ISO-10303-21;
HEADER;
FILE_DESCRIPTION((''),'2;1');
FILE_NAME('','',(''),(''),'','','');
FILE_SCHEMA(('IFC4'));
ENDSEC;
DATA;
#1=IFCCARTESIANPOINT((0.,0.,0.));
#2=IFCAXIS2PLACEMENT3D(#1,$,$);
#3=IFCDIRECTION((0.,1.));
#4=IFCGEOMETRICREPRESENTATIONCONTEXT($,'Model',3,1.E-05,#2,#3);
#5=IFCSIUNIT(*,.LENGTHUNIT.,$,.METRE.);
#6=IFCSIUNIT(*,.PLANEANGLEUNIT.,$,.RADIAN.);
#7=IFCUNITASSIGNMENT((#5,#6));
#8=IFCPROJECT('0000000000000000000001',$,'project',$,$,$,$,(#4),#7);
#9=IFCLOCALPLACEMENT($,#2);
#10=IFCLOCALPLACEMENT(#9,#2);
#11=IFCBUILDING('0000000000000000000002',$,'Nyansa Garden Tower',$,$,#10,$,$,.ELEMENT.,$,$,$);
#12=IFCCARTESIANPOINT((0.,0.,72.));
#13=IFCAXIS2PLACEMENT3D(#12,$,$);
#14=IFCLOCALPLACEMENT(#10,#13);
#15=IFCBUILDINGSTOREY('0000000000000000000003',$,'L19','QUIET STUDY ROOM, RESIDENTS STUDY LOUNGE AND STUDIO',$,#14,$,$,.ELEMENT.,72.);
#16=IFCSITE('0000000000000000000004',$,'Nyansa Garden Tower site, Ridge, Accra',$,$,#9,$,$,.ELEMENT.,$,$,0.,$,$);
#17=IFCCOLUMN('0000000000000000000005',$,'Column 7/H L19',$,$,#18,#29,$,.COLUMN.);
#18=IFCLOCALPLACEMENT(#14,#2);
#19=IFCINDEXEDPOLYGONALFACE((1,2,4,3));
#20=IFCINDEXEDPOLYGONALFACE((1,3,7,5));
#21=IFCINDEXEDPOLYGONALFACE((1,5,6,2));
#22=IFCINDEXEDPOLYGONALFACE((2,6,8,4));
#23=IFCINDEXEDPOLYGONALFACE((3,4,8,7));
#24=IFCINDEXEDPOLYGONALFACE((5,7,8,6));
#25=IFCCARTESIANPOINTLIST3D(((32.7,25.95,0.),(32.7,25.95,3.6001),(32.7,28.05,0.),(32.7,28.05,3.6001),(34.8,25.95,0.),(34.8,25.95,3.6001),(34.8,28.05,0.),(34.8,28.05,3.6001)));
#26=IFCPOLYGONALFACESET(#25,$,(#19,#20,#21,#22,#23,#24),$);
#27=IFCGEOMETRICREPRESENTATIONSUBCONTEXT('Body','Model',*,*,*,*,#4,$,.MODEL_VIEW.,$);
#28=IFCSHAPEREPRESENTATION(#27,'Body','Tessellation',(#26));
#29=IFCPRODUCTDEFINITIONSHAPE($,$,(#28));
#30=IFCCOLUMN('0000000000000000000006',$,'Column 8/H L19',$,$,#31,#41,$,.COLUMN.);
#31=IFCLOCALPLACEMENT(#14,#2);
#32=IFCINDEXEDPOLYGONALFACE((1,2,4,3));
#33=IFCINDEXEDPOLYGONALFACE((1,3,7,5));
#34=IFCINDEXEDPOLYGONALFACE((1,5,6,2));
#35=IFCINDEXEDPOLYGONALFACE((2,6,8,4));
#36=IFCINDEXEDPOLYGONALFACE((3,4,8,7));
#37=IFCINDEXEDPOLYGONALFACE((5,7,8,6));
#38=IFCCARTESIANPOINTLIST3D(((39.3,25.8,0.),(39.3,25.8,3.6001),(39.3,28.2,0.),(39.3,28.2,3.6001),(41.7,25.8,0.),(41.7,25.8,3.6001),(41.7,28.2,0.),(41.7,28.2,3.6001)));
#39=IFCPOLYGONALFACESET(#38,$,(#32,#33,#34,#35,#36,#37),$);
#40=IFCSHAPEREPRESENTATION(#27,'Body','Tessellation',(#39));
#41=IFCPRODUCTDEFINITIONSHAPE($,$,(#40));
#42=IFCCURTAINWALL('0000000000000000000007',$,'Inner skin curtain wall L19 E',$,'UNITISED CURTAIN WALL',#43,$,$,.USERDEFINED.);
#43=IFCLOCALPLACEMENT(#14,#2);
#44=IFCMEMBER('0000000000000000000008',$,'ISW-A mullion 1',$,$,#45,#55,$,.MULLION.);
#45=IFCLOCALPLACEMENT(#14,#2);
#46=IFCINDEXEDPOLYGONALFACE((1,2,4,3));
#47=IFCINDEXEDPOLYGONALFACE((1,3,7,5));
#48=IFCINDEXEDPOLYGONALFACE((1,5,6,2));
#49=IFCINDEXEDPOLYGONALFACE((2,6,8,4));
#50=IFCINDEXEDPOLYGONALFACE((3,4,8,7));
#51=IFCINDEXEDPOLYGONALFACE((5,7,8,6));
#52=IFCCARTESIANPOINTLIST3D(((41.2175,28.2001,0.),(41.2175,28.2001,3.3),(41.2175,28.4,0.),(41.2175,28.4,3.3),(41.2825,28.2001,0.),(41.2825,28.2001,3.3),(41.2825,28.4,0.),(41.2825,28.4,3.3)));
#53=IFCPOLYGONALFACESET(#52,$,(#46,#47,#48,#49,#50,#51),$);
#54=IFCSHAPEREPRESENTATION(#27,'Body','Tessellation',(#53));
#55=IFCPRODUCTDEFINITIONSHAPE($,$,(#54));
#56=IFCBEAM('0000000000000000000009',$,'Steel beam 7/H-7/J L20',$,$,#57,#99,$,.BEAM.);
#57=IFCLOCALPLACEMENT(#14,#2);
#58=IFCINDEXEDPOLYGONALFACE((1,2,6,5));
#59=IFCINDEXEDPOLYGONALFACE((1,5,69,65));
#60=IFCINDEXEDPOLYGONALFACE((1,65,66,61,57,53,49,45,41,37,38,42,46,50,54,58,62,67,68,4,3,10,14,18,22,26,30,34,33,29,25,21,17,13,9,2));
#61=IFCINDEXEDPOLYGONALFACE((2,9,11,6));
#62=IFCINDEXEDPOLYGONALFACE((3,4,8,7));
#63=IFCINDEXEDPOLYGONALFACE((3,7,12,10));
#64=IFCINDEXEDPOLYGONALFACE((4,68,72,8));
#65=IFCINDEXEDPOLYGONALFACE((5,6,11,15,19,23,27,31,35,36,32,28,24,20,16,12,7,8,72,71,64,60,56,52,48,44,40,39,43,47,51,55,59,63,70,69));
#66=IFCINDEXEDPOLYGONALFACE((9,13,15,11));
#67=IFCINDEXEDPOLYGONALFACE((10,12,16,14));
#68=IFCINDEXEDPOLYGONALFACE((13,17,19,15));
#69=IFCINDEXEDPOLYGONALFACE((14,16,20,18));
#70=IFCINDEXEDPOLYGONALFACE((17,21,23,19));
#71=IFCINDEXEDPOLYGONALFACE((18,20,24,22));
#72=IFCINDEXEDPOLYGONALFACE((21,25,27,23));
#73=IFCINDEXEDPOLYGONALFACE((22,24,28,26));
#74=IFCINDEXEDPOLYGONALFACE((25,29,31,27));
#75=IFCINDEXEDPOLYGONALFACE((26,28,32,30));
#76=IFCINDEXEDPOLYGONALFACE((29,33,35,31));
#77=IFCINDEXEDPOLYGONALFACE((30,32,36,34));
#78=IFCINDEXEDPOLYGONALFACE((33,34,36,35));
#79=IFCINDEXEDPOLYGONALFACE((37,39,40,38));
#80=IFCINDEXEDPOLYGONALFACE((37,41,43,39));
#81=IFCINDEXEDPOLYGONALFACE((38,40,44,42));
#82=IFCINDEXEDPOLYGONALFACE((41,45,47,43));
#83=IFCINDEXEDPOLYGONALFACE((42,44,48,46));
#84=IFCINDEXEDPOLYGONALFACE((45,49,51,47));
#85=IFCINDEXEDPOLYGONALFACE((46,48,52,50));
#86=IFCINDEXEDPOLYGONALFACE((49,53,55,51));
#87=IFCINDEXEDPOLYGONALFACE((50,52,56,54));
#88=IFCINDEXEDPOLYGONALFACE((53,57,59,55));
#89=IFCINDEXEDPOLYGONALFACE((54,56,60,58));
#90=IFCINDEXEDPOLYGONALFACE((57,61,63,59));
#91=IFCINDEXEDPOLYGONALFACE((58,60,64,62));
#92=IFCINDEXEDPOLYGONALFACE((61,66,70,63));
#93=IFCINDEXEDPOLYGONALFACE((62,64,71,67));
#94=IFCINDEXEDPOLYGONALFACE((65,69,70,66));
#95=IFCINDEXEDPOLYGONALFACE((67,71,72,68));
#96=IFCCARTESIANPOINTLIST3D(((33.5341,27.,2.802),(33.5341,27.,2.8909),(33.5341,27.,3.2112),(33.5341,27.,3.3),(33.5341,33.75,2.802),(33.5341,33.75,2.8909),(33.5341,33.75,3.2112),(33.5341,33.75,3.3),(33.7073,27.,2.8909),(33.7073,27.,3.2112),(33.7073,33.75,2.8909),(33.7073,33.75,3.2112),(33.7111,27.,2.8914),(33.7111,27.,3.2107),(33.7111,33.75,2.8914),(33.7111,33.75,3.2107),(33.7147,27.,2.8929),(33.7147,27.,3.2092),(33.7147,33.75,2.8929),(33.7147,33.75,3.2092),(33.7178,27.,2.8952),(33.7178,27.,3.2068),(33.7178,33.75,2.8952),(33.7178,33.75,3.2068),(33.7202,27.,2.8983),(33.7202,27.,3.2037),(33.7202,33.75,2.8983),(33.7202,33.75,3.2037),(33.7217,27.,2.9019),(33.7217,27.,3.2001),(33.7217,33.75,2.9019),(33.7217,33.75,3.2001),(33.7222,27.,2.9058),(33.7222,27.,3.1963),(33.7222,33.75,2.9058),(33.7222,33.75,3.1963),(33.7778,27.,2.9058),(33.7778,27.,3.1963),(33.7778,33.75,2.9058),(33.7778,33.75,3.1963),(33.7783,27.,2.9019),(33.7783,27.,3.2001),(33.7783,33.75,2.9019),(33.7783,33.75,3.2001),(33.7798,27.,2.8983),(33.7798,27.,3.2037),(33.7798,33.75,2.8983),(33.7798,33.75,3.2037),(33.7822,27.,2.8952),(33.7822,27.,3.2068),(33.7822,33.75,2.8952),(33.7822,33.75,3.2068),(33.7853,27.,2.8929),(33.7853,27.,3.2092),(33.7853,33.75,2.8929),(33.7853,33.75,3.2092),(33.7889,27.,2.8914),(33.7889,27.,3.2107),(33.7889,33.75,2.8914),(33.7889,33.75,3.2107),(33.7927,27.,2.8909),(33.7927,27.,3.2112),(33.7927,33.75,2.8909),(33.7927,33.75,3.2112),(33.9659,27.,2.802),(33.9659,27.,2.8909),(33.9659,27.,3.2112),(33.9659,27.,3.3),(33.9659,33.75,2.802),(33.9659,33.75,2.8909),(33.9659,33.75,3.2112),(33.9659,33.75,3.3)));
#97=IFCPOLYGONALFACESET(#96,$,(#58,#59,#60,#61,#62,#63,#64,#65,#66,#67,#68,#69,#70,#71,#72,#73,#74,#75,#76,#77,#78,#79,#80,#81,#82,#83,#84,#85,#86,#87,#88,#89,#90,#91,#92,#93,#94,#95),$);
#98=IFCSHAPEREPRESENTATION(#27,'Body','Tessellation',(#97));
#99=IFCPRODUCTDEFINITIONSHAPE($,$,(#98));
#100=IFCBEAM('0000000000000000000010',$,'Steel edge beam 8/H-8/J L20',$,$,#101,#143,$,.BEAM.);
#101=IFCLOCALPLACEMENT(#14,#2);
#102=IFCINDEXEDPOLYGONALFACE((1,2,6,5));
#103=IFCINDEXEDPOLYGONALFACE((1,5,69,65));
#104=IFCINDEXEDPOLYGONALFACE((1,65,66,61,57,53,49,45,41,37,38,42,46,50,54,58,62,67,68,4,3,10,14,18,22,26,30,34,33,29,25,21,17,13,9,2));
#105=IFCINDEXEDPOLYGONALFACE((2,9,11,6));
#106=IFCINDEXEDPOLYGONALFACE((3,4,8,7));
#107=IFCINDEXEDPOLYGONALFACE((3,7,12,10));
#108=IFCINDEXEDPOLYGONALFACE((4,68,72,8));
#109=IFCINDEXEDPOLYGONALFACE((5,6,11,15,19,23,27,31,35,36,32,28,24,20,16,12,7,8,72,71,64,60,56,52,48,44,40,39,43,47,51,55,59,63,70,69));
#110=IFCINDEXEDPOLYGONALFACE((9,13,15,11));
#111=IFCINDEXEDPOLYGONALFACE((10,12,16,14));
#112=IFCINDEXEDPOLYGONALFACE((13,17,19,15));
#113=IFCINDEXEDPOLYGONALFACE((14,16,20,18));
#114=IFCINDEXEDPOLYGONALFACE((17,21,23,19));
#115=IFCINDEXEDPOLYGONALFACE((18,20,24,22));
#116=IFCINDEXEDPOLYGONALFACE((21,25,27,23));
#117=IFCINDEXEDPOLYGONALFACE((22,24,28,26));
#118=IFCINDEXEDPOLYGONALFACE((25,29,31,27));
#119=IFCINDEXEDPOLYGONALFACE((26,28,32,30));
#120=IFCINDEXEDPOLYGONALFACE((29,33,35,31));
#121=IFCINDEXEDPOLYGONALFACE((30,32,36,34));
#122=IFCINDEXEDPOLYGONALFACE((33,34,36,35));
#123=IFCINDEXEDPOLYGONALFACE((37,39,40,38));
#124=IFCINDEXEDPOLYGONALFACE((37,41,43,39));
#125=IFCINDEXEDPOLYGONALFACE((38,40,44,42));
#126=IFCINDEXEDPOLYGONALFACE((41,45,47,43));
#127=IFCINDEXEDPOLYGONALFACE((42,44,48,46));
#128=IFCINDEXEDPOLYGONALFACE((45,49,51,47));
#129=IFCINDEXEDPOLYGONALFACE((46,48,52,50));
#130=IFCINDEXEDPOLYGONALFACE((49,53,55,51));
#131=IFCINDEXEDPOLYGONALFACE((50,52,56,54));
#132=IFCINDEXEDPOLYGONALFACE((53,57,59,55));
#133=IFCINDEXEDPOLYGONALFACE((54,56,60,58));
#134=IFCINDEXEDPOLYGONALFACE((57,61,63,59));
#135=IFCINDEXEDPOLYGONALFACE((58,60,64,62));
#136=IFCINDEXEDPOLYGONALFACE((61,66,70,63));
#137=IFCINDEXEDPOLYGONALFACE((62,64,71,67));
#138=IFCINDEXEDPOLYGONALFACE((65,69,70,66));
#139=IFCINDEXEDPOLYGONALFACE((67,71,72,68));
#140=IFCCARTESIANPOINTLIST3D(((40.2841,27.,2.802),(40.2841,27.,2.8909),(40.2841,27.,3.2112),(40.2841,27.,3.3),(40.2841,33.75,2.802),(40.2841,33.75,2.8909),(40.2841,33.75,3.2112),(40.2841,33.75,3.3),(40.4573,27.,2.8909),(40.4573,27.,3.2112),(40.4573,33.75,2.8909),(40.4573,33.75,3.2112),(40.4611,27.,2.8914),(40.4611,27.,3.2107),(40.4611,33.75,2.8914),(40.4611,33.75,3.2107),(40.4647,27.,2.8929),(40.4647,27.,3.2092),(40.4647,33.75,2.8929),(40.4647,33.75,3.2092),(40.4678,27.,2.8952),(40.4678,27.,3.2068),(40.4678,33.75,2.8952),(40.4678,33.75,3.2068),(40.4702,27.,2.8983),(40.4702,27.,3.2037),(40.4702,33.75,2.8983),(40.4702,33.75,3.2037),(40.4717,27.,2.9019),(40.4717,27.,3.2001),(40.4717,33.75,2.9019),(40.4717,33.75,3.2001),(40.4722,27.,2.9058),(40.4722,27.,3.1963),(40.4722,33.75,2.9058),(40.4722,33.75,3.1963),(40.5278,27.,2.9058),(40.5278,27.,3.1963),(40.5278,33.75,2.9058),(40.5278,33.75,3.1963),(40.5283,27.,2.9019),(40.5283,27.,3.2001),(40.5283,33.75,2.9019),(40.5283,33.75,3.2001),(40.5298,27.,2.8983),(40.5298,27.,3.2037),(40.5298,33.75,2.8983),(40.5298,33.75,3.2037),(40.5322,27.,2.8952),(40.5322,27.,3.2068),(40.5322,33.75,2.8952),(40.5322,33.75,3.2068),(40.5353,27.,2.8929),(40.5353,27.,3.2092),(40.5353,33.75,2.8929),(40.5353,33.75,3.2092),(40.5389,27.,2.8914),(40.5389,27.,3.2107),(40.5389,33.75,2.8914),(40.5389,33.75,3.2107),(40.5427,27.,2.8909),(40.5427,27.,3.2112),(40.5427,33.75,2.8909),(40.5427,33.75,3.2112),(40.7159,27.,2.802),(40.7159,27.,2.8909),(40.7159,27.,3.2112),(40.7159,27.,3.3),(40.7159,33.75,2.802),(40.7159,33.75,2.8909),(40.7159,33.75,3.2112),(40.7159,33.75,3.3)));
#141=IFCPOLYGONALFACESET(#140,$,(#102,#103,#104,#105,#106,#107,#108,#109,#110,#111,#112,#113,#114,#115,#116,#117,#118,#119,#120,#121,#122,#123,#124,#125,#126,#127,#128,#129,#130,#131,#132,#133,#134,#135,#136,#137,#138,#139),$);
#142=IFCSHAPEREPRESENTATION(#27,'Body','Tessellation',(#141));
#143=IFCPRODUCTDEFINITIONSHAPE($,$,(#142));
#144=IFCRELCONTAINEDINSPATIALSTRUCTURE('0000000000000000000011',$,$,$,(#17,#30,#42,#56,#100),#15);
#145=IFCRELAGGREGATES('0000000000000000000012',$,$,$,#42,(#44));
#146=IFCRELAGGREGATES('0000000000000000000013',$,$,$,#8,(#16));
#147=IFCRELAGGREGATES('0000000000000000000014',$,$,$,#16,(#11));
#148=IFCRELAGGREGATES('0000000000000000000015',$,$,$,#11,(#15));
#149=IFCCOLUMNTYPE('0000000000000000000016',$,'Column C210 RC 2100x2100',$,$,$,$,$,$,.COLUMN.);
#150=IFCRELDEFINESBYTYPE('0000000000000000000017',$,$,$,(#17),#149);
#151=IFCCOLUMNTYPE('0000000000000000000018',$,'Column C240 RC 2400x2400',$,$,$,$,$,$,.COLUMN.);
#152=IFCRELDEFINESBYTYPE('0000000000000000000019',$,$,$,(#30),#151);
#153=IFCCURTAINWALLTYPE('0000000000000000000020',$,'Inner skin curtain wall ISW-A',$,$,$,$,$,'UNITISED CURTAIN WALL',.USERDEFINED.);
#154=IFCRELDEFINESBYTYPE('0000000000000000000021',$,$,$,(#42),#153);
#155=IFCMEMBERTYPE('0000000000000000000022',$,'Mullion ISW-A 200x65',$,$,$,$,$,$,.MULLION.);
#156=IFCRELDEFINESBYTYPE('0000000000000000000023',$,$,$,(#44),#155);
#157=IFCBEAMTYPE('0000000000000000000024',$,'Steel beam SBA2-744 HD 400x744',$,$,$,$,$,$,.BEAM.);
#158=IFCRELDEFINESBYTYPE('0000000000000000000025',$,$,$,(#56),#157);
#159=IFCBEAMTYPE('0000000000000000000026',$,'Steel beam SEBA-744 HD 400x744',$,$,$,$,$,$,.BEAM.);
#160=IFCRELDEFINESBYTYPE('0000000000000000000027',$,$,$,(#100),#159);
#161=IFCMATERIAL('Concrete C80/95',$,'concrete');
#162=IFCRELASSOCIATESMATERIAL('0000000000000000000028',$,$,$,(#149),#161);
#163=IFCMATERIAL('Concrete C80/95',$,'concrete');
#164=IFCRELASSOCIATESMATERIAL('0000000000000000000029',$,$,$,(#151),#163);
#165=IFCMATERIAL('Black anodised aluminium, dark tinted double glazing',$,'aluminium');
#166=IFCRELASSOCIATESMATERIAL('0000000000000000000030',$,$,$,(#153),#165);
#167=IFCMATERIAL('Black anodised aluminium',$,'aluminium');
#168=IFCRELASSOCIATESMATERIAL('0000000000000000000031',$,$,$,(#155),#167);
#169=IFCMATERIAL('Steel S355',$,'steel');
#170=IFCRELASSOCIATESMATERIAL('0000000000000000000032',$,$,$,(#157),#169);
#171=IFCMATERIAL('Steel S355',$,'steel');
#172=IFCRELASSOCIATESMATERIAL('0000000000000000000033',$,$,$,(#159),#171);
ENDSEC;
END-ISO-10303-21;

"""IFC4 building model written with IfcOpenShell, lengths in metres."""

from ifc_helpers import new_model, si_unit, direction, frame, origin, origin_2d, place, context, subcontext, project, spatial, rectangle, i_section, extrude, material, material_profile, profile_set, type_object, element, aggregate, save


model = new_model("IFC4")

# Units and contexts
model_context = context("Model", 3, precision=1e-05, world=origin(), true_north=direction((0.0, 1.0)))
body_context = subcontext(model_context, "Body", "Model", "MODEL_VIEW")
ifc_project = project(units=[si_unit("LENGTHUNIT", "METRE"), si_unit("PLANEANGLEUNIT", "RADIAN")], contexts=[model_context])

# Site, building, storey
site_placement = place(None, origin())
site = spatial("IfcSite", under=ifc_project, at=site_placement, Name="Nyansa Garden Tower site, Ridge, Accra", CompositionType="ELEMENT", RefElevation=0.0)
building_placement = place(site_placement, origin())
building = spatial("IfcBuilding", under=site, at=building_placement, Name="Nyansa Garden Tower", CompositionType="ELEMENT")
storey_placement = place(building_placement, frame((0.0, 0.0, 72.0)))
storey = spatial("IfcBuildingStorey", under=building, at=storey_placement, Name="L19", Description="QUIET STUDY ROOM, RESIDENTS STUDY LOUNGE AND STUDIO", CompositionType="ELEMENT", Elevation=72.0)

# Columns
ifc_material_1 = material(Name="Concrete C80/95", Category="concrete")
ifc_material_profile_1 = material_profile(ifc_material_1, rectangle(XDim=2.1001, YDim=2.1001, at=origin_2d()), Name="RC 2100x2100")
ifc_profile_set_1 = profile_set([ifc_material_profile_1], Name="Concrete C80/95")
column_type_1 = type_object("IfcColumnType", Name="Column C210 RC 2100x2100", PredefinedType="COLUMN", material=ifc_profile_set_1)
column_1_placement = place(storey_placement, frame((33.75, 27.0, 0.0), z_axis=(0.0, 0.0, 1.0), x_axis=(1.0, 0.0, 0.0)))
element("IfcColumn", 1, at=column_1_placement, inside=storey, type_object=column_type_1, Name="Column 7/H L19", PredefinedType="COLUMN", context=body_context, shape_type="SweptSolid", body=[
    extrude(rectangle(XDim=2.1001, YDim=2.1001, at=origin_2d()), origin(), (0.0, 0.0, 1.0), 3.6001),
])
ifc_material_2 = material(Name="Concrete C80/95", Category="concrete")
ifc_material_profile_2 = material_profile(ifc_material_2, rectangle(XDim=2.3999, YDim=2.3999, at=origin_2d()), Name="RC 2400x2400")
ifc_profile_set_2 = profile_set([ifc_material_profile_2], Name="Concrete C80/95")
column_type_2 = type_object("IfcColumnType", Name="Column C240 RC 2400x2400", PredefinedType="COLUMN", material=ifc_profile_set_2)
column_2_placement = place(storey_placement, frame((40.5, 27.0, 0.0), z_axis=(0.0, 0.0, 1.0), x_axis=(1.0, 0.0, 0.0)))
element("IfcColumn", 2, at=column_2_placement, inside=storey, type_object=column_type_2, Name="Column 8/H L19", PredefinedType="COLUMN", context=body_context, shape_type="SweptSolid", body=[
    extrude(rectangle(XDim=2.3999, YDim=2.3999, at=origin_2d()), origin(), (0.0, 0.0, 1.0), 3.6001),
])

# Curtain wall, member
ifc_material_3 = material(Name="Black anodised aluminium, dark tinted double glazing", Category="aluminium")
curtain_wall_type = type_object("IfcCurtainWallType", Name="Inner skin curtain wall ISW-A", ElementType="UNITISED CURTAIN WALL", PredefinedType="USERDEFINED", material=ifc_material_3)
curtain_wall_placement = place(storey_placement, origin())
curtain_wall = element("IfcCurtainWall", 3, at=curtain_wall_placement, inside=storey, type_object=curtain_wall_type, Name="Inner skin curtain wall L19 E", ObjectType="UNITISED CURTAIN WALL", PredefinedType="USERDEFINED")
ifc_material_4 = material(Name="Black anodised aluminium", Category="aluminium")
ifc_material_profile_3 = material_profile(ifc_material_4, rectangle(XDim=0.0649, YDim=0.2, at=origin_2d()), Name="Mullion 200x65")
ifc_profile_set_3 = profile_set([ifc_material_profile_3], Name="Black anodised aluminium")
member_type_1 = type_object("IfcMemberType", Name="Mullion ISW-A 200x65", PredefinedType="MULLION", material=ifc_profile_set_3)
member_1_placement = place(storey_placement, frame((41.25, 28.3, 0.0), z_axis=(0.0, 0.0, 1.0), x_axis=(-1.0, 0.0, 0.0)))
member_1 = element("IfcMember", 4, at=member_1_placement, type_object=member_type_1, Name="ISW-A mullion 1", PredefinedType="MULLION", context=body_context, shape_type="SweptSolid", body=[
    extrude(rectangle(XDim=0.0649, YDim=0.2, at=origin_2d()), origin(), (0.0, 0.0, 1.0), 3.3),
])

# Beams
ifc_material_5 = material(Name="Steel S355", Category="steel")
ifc_material_profile_4 = material_profile(ifc_material_5, i_section(OverallWidth=0.4319, OverallDepth=0.498, WebThickness=0.0557, FlangeThickness=0.0889, FilletRadius=0.0149, at=origin_2d()), Name="HD 400x744")
ifc_profile_set_4 = profile_set([ifc_material_profile_4], Name="Steel S355")
beam_type_1 = type_object("IfcBeamType", Name="Steel beam SBA2-744 HD 400x744", PredefinedType="BEAM", material=ifc_profile_set_4)
beam_1_placement = place(storey_placement, frame((33.75, 27.0, 3.051), z_axis=(0.0, 1.0, 0.0), x_axis=(-1.0, 0.0, 0.0)))
element("IfcBeam", 5, at=beam_1_placement, inside=storey, type_object=beam_type_1, Name="Steel beam 7/H-7/J L20", PredefinedType="BEAM", context=body_context, shape_type="SweptSolid", body=[
    extrude(i_section(OverallWidth=0.4319, OverallDepth=0.498, WebThickness=0.0557, FlangeThickness=0.0889, FilletRadius=0.0149, at=origin_2d()), origin(), (0.0, 0.0, 1.0), 6.75),
])
ifc_material_6 = material(Name="Steel S355", Category="steel")
ifc_material_profile_5 = material_profile(ifc_material_6, i_section(OverallWidth=0.4319, OverallDepth=0.498, WebThickness=0.0557, FlangeThickness=0.0889, FilletRadius=0.0149, at=origin_2d()), Name="HD 400x744")
ifc_profile_set_5 = profile_set([ifc_material_profile_5], Name="Steel S355")
beam_type_2 = type_object("IfcBeamType", Name="Steel beam SEBA-744 HD 400x744", PredefinedType="BEAM", material=ifc_profile_set_5)
beam_2_placement = place(storey_placement, frame((40.5, 27.0, 3.051), z_axis=(0.0, 1.0, 0.0), x_axis=(-1.0, 0.0, 0.0)))
element("IfcBeam", 6, at=beam_2_placement, inside=storey, type_object=beam_type_2, Name="Steel edge beam 8/H-8/J L20", PredefinedType="BEAM", context=body_context, shape_type="SweptSolid", body=[
    extrude(i_section(OverallWidth=0.4319, OverallDepth=0.498, WebThickness=0.0557, FlangeThickness=0.0889, FilletRadius=0.0149, at=origin_2d()), origin(), (0.0, 0.0, 1.0), 6.75),
])

aggregate(curtain_wall, [member_1])

save(model, "model.ifc")
